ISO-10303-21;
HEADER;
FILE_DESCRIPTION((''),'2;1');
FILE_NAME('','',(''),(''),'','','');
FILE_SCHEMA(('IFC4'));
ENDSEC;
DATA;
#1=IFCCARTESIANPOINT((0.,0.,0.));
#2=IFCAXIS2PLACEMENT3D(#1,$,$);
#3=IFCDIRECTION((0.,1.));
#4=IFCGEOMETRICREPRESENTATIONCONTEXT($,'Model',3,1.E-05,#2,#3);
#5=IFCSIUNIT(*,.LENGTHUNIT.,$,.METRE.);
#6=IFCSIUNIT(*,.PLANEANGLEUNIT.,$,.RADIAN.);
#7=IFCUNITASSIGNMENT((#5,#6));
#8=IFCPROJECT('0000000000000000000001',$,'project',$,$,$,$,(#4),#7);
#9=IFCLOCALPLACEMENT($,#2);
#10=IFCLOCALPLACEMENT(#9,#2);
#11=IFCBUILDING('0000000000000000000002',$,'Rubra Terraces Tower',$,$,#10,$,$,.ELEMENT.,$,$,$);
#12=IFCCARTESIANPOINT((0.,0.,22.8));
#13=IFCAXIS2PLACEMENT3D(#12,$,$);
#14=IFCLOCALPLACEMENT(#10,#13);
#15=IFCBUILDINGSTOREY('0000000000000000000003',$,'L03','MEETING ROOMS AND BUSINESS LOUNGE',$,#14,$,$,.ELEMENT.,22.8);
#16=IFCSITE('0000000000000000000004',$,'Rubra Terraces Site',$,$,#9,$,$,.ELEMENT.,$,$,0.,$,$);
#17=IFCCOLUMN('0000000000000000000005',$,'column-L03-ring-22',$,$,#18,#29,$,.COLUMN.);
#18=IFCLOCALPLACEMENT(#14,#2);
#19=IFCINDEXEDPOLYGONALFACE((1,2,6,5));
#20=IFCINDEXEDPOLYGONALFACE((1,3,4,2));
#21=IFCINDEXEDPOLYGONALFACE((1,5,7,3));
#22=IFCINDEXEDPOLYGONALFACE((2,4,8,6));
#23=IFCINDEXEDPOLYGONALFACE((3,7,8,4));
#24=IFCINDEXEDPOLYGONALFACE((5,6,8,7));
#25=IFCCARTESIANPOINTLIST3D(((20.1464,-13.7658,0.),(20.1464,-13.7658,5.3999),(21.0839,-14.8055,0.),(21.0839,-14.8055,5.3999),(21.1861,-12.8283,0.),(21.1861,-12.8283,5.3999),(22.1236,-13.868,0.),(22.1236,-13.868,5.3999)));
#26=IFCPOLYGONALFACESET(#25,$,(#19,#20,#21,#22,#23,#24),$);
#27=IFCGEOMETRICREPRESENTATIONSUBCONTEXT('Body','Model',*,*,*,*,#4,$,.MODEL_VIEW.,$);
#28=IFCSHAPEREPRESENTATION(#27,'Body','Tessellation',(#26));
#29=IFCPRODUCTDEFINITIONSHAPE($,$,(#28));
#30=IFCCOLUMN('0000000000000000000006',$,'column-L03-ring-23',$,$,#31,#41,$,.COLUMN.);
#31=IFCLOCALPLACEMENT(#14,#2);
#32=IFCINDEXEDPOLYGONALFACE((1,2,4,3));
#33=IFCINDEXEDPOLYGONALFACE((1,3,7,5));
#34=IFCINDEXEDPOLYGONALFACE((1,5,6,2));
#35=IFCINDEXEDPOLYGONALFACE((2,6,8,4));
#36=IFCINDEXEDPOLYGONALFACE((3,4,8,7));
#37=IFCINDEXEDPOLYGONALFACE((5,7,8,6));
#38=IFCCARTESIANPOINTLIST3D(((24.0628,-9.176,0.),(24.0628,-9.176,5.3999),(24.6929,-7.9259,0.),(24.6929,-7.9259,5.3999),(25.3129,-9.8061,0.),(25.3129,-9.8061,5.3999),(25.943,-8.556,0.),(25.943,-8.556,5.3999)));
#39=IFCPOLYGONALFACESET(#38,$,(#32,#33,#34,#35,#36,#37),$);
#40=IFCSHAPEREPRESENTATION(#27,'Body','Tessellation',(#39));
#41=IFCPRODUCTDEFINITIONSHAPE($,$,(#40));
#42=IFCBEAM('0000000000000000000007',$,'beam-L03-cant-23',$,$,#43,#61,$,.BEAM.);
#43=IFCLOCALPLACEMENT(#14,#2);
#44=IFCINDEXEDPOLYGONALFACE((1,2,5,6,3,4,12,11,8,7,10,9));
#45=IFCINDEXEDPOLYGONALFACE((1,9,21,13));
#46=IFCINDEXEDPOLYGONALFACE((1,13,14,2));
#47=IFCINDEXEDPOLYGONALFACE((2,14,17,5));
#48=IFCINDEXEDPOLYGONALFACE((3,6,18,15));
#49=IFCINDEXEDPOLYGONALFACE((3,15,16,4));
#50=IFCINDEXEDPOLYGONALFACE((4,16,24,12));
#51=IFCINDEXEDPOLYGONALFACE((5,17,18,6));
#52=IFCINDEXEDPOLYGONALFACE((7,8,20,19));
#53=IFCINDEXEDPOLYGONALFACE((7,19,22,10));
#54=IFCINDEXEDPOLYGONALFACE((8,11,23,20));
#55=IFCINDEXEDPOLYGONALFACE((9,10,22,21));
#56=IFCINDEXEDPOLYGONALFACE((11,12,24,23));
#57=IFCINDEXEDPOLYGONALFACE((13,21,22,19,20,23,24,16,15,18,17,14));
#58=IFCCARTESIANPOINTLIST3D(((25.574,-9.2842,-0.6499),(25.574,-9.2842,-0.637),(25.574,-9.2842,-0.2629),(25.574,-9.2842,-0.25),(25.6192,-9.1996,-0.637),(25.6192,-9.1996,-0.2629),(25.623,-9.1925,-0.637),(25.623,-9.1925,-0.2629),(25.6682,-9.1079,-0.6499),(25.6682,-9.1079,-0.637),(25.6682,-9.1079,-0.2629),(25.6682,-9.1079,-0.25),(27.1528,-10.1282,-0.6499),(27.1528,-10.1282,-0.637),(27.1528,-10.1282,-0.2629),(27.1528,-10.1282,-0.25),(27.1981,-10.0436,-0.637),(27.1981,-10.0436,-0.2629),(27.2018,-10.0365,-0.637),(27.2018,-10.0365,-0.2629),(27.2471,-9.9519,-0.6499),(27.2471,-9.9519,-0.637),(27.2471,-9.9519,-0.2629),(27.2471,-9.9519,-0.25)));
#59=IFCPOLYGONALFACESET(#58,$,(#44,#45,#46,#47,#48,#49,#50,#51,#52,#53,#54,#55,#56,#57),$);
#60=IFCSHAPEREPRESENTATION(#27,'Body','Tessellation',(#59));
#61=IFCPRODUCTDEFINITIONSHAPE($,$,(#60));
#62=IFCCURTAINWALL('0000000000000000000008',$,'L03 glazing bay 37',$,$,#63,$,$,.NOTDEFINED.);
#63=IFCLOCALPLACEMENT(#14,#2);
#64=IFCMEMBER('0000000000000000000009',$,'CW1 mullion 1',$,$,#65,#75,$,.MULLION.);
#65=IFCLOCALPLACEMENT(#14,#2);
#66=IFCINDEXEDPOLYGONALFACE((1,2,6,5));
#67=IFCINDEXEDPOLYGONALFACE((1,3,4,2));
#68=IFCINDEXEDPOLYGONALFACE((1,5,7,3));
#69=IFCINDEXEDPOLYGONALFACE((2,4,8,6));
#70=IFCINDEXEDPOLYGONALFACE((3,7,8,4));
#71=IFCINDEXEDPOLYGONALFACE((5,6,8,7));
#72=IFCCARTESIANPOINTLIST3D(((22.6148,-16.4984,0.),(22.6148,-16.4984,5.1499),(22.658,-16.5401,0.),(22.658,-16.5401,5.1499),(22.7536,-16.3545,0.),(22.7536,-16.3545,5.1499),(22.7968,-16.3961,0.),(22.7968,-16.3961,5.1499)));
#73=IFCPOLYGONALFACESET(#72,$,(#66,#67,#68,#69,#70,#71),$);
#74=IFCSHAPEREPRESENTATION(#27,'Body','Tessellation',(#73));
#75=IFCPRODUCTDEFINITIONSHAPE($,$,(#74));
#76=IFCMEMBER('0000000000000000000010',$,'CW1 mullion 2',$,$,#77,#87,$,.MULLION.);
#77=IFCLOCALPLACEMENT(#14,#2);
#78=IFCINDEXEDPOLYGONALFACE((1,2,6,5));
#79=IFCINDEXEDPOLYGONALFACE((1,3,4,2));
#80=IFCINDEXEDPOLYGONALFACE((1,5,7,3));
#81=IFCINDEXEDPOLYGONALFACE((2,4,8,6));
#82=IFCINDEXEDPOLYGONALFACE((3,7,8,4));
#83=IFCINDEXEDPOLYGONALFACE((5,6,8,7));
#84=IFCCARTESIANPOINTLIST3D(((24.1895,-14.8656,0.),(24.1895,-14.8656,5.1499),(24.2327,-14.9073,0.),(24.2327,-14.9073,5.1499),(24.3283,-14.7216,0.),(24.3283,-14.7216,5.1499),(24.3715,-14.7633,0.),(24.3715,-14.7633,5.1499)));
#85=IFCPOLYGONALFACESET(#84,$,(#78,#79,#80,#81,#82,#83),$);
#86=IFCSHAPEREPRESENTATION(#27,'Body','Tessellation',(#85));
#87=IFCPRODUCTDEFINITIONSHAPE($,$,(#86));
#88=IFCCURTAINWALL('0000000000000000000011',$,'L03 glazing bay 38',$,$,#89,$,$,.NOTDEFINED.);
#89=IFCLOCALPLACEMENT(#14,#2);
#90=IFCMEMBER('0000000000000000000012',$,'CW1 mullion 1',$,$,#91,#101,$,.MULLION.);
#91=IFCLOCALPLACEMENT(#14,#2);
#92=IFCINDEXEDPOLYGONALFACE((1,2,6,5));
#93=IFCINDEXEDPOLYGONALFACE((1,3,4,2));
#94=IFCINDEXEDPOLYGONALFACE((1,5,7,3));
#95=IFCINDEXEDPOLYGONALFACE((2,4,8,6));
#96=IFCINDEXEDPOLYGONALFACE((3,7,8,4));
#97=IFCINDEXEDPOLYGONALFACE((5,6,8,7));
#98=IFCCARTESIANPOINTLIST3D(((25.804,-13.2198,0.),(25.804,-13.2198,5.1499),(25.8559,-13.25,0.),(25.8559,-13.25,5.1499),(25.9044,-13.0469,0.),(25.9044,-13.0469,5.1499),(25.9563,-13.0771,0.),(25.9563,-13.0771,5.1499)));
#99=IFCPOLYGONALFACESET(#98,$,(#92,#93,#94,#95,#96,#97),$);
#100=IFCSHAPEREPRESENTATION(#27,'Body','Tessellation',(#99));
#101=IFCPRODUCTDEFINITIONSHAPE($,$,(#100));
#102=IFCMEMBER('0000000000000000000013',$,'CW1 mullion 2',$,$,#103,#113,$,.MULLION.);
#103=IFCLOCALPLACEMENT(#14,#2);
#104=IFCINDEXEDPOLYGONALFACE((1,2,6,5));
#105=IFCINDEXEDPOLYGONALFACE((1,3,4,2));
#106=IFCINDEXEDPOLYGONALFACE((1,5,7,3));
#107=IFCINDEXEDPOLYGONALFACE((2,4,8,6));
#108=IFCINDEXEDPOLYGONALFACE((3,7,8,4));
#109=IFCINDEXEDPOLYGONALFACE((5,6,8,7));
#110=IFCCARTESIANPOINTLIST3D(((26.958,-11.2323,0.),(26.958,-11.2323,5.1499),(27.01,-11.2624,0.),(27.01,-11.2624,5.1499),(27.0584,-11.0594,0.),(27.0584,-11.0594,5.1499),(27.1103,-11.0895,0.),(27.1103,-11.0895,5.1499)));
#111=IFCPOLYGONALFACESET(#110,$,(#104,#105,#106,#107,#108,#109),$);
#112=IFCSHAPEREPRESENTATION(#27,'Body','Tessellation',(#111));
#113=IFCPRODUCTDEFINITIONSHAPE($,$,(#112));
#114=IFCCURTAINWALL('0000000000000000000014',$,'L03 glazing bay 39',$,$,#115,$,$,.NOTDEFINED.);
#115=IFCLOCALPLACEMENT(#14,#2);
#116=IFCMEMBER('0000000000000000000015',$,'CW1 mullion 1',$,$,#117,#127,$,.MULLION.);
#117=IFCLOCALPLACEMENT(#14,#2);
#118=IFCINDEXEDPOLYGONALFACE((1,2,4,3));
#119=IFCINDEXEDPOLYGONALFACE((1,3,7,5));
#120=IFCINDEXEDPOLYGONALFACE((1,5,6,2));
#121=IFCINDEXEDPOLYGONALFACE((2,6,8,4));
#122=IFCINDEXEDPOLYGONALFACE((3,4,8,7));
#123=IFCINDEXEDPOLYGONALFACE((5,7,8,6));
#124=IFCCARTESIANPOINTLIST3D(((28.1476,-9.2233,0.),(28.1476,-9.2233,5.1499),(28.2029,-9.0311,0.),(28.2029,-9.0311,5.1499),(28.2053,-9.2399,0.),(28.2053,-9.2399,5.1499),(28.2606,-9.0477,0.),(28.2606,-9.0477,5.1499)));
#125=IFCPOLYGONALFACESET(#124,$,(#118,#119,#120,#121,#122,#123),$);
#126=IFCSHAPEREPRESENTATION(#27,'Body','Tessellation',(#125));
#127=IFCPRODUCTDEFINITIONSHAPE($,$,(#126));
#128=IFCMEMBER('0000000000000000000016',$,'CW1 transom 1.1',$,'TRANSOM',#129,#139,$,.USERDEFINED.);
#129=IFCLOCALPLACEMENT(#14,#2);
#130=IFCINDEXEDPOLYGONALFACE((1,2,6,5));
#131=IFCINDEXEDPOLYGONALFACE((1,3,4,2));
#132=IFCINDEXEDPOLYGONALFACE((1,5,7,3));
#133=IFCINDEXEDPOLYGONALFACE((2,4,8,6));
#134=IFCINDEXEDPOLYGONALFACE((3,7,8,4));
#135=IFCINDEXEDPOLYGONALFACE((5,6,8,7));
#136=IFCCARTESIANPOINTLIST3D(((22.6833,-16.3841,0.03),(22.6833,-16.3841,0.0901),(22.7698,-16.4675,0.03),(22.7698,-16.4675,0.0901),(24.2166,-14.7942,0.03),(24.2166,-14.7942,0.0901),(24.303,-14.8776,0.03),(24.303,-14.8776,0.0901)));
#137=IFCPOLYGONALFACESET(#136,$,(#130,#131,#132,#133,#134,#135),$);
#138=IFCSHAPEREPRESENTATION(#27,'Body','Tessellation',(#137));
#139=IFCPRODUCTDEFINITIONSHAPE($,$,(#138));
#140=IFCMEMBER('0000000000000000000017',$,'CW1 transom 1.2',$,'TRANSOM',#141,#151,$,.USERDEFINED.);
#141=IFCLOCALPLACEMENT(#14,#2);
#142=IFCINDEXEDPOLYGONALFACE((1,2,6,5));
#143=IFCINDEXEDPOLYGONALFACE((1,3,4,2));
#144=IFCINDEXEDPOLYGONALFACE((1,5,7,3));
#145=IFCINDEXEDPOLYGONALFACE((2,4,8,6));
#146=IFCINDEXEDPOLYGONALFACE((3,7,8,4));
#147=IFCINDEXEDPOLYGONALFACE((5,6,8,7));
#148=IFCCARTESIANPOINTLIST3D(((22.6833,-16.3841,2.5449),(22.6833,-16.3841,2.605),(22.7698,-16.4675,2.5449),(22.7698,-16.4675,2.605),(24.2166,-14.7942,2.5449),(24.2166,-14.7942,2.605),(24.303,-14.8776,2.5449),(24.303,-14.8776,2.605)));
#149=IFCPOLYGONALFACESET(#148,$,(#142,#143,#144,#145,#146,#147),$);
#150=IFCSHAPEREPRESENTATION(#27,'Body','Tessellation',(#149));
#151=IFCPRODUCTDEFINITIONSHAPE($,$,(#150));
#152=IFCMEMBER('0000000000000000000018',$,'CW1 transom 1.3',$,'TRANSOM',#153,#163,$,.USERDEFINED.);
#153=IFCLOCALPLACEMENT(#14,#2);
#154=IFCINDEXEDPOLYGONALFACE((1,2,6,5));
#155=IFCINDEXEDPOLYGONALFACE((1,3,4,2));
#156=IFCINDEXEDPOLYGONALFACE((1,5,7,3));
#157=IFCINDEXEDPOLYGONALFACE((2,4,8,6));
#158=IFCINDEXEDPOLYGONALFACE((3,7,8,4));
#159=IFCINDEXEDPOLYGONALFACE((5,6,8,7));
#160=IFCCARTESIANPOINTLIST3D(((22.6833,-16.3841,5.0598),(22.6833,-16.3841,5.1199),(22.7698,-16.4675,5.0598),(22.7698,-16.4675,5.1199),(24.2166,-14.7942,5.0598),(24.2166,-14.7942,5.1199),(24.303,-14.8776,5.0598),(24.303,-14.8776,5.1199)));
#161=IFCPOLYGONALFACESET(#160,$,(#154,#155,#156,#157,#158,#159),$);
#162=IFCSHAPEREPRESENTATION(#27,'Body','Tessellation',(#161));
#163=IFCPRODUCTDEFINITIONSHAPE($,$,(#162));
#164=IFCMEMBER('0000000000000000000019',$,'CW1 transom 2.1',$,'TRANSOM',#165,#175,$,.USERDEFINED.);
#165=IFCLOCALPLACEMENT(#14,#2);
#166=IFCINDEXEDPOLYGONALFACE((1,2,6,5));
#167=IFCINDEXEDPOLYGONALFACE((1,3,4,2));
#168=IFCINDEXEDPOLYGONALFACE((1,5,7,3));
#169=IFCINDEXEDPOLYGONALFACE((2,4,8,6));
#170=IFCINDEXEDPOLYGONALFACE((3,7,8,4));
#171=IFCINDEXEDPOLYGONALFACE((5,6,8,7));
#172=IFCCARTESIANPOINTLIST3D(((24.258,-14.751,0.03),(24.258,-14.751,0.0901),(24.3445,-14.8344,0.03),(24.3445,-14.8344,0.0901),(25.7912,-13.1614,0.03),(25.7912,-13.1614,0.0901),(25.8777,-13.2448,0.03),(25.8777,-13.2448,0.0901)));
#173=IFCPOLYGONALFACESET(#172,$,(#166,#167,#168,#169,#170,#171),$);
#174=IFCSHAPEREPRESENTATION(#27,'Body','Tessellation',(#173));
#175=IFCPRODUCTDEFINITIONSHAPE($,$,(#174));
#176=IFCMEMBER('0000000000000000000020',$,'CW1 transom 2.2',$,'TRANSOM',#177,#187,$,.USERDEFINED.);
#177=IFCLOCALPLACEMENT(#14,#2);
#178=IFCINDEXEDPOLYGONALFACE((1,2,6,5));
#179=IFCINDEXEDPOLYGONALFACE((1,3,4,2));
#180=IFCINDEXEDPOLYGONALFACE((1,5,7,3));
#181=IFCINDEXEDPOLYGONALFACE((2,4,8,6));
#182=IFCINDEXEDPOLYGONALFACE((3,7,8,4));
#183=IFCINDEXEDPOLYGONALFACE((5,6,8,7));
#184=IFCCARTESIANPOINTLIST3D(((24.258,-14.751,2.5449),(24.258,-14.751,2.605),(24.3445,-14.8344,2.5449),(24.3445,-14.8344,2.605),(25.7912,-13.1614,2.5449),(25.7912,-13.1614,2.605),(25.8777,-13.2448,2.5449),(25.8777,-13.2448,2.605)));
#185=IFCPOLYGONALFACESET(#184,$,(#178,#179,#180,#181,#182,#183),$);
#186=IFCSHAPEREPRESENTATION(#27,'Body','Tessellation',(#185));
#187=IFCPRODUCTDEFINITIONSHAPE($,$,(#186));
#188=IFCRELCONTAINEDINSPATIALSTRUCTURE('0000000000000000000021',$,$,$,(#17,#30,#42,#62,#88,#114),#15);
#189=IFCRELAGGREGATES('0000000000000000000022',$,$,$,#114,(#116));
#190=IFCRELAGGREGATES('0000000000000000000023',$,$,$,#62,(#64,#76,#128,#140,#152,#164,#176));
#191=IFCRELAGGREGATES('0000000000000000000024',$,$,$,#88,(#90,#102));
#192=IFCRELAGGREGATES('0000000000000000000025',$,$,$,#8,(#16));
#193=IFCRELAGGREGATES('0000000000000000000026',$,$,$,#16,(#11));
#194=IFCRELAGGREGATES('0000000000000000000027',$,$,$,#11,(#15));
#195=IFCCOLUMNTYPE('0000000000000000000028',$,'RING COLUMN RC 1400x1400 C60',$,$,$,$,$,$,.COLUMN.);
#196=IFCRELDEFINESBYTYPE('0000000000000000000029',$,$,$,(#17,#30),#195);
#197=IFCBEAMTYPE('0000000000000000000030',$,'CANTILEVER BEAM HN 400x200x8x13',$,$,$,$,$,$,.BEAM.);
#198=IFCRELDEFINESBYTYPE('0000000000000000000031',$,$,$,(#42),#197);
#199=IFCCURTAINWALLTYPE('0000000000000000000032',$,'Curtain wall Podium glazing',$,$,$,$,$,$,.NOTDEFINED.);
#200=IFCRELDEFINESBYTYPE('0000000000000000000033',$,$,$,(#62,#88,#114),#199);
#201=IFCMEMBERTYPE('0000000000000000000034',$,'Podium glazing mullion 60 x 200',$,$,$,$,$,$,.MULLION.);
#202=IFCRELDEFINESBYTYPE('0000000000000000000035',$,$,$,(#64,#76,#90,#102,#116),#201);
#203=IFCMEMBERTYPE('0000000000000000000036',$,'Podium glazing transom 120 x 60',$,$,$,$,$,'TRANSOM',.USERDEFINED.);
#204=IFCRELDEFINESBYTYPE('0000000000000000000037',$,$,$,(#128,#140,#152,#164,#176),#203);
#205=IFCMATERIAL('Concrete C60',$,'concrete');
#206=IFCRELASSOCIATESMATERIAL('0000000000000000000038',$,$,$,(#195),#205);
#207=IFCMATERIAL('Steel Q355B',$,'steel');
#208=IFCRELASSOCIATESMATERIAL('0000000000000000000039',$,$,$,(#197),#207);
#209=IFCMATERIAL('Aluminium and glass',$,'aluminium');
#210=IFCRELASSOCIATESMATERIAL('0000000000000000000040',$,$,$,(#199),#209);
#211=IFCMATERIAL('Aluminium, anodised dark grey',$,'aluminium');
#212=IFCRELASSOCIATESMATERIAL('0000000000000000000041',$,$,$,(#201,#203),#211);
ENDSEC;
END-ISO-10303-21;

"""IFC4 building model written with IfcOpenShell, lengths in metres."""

from ifc_helpers import new_model, si_unit, direction, frame, origin, origin_2d, place, context, subcontext, project, spatial, rectangle, i_section, extrude, material, material_profile, profile_set, type_object, element, aggregate, save


model = new_model("IFC4")

# Units and contexts
model_context = context("Model", 3, precision=1e-05, world=origin(), true_north=direction((0.0, 1.0)))
body_context = subcontext(model_context, "Body", "Model", "MODEL_VIEW")
ifc_project = project(units=[si_unit("LENGTHUNIT", "METRE"), si_unit("PLANEANGLEUNIT", "RADIAN")], contexts=[model_context])

# Site, building, storey
site_placement = place(None, origin())
site = spatial("IfcSite", under=ifc_project, at=site_placement, Name="Rubra Terraces Site", CompositionType="ELEMENT", RefElevation=0.0)
building_placement = place(site_placement, origin())
building = spatial("IfcBuilding", under=site, at=building_placement, Name="Rubra Terraces Tower", CompositionType="ELEMENT")
storey_placement = place(building_placement, frame((0.0, 0.0, 22.8)))
storey = spatial("IfcBuildingStorey", under=building, at=storey_placement, Name="L03", Description="MEETING ROOMS AND BUSINESS LOUNGE", CompositionType="ELEMENT", Elevation=22.8)

# Columns
ifc_material_1 = material(Name="Concrete C60", Category="concrete")
ifc_material_profile_1 = material_profile(ifc_material_1, rectangle(XDim=1.3999, YDim=1.3999, at=origin_2d()), Name="RC 1400x1400")
ifc_profile_set_1 = profile_set([ifc_material_profile_1], Name="Concrete C60")
column_type = type_object("IfcColumnType", Name="RING COLUMN RC 1400x1400 C60", PredefinedType="COLUMN", material=ifc_profile_set_1)
for number, where, z_axis, x_axis, name in (
    (1, (21.135, -13.8169, 0.0), (0.0, 0.0, 1.0), (0.742676, 0.669651, 0.0), "column-L03-ring-22"),
    (2, (25.0029, -8.866, 0.0), (0.0, 0.0, 1.0), (0.450099, 0.892979, 0.0), "column-L03-ring-23"),
):
    element("IfcColumn", number, at=place(storey_placement, frame(where, z_axis=z_axis, x_axis=x_axis)), inside=storey, type_object=column_type, Name=name, PredefinedType="COLUMN", context=body_context, shape_type="SweptSolid", body=[
        extrude(rectangle(XDim=1.3999, YDim=1.3999, at=origin_2d()), origin(), (0.0, 0.0, 1.0), 5.3999),
    ])

# Beam
ifc_material_2 = material(Name="Steel Q355B", Category="steel")
ifc_material_profile_2 = material_profile(ifc_material_2, i_section(OverallWidth=0.2, OverallDepth=0.3999, WebThickness=0.0081, FlangeThickness=0.0129, at=origin_2d()), Name="HN 400x200x8x13")
ifc_profile_set_2 = profile_set([ifc_material_profile_2], Name="Steel Q355B")
beam_type = type_object("IfcBeamType", Name="CANTILEVER BEAM HN 400x200x8x13", PredefinedType="BEAM", material=ifc_profile_set_2)
beam_placement = place(storey_placement, frame((25.6211, -9.196, -0.45), z_axis=(0.881903, -0.47143, 0.0), x_axis=(0.47143, 0.881903, 0.0)))
element("IfcBeam", 3, at=beam_placement, inside=storey, type_object=beam_type, Name="beam-L03-cant-23", PredefinedType="BEAM", context=body_context, shape_type="SweptSolid", body=[
    extrude(i_section(OverallWidth=0.2, OverallDepth=0.3999, WebThickness=0.0081, FlangeThickness=0.0129, at=origin_2d()), origin(), (0.0, 0.0, 1.0), 1.7903),
])

# Curtain walls, members
ifc_material_3 = material(Name="Aluminium and glass", Category="aluminium")
curtain_wall_type = type_object("IfcCurtainWallType", Name="Curtain wall Podium glazing", PredefinedType="NOTDEFINED", material=ifc_material_3)
curtain_wall_1_placement = place(storey_placement, origin())
curtain_wall_1 = element("IfcCurtainWall", 4, at=curtain_wall_1_placement, inside=storey, type_object=curtain_wall_type, Name="L03 glazing bay 37", PredefinedType="NOTDEFINED")
ifc_material_4 = material(Name="Aluminium, anodised dark grey", Category="aluminium")
ifc_material_profile_3 = material_profile(ifc_material_4, rectangle(XDim=0.0601, YDim=0.2, at=origin_2d()), Name="AL 60x200")
ifc_profile_set_3 = profile_set([ifc_material_profile_3], Name="Aluminium, anodised dark grey")
member_type_1 = type_object("IfcMemberType", Name="Podium glazing mullion 60 x 200", PredefinedType="MULLION", material=ifc_profile_set_3)
member_1_placement = place(storey_placement, frame((22.7058, -16.4473, 0.0), z_axis=(0.0, 0.0, 1.0), x_axis=(-0.719825, 0.694156, 0.0)))
member_1 = element("IfcMember", 5, at=member_1_placement, type_object=member_type_1, Name="CW1 mullion 1", PredefinedType="MULLION", context=body_context, shape_type="SweptSolid", body=[
    extrude(rectangle(XDim=0.0601, YDim=0.2, at=origin_2d()), origin(), (0.0, 0.0, 1.0), 5.1499),
])
member_2_placement = place(storey_placement, frame((24.2805, -14.8145, 0.0), z_axis=(0.0, 0.0, 1.0), x_axis=(-0.719825, 0.694156, 0.0)))
member_2 = element("IfcMember", 6, at=member_2_placement, type_object=member_type_1, Name="CW1 mullion 2", PredefinedType="MULLION", context=body_context, shape_type="SweptSolid", body=[
    extrude(rectangle(XDim=0.0601, YDim=0.2, at=origin_2d()), origin(), (0.0, 0.0, 1.0), 5.1499),
])
curtain_wall_2_placement = place(storey_placement, origin())
curtain_wall_2 = element("IfcCurtainWall", 7, at=curtain_wall_2_placement, inside=storey, type_object=curtain_wall_type, Name="L03 glazing bay 38", PredefinedType="NOTDEFINED")
member_3_placement = place(storey_placement, frame((25.8801, -13.1484, 0.0), z_axis=(0.0, 0.0, 1.0), x_axis=(-0.864813, 0.502094, 0.0)))
member_3 = element("IfcMember", 8, at=member_3_placement, type_object=member_type_1, Name="CW1 mullion 1", PredefinedType="MULLION", context=body_context, shape_type="SweptSolid", body=[
    extrude(rectangle(XDim=0.0601, YDim=0.2, at=origin_2d()), origin(), (0.0, 0.0, 1.0), 5.1499),
])
member_4_placement = place(storey_placement, frame((27.0342, -11.1609, 0.0), z_axis=(0.0, 0.0, 1.0), x_axis=(-0.864813, 0.502094, 0.0)))
member_4 = element("IfcMember", 9, at=member_4_placement, type_object=member_type_1, Name="CW1 mullion 2", PredefinedType="MULLION", context=body_context, shape_type="SweptSolid", body=[
    extrude(rectangle(XDim=0.0601, YDim=0.2, at=origin_2d()), origin(), (0.0, 0.0, 1.0), 5.1499),
])

# Curtain wall, member
curtain_wall_3_placement = place(storey_placement, origin())
curtain_wall_3 = element("IfcCurtainWall", 10, at=curtain_wall_3_placement, inside=storey, type_object=curtain_wall_type, Name="L03 glazing bay 39", PredefinedType="NOTDEFINED")
member_5_placement = place(storey_placement, frame((28.2041, -9.1355, 0.0), z_axis=(0.0, 0.0, 1.0), x_axis=(-0.961047, 0.276384, 0.0)))
member_5 = element("IfcMember", 11, at=member_5_placement, type_object=member_type_1, Name="CW1 mullion 1", PredefinedType="MULLION", context=body_context, shape_type="SweptSolid", body=[
    extrude(rectangle(XDim=0.0601, YDim=0.2, at=origin_2d()), origin(), (0.0, 0.0, 1.0), 5.1499),
])

# Members
ifc_material_profile_4 = material_profile(ifc_material_4, rectangle(XDim=0.1201, YDim=0.0601, at=origin_2d()), Name="AL 120x60")
ifc_profile_set_4 = profile_set([ifc_material_profile_4], Name="Aluminium, anodised dark grey")
member_type_2 = type_object("IfcMemberType", Name="Podium glazing transom 120 x 60", ElementType="TRANSOM", PredefinedType="USERDEFINED", material=ifc_profile_set_4)
member_6_placement = place(storey_placement, frame((22.7266, -16.4258, 0.0601), z_axis=(0.694168, 0.719813, 0.0), x_axis=(-0.719813, 0.694168, 0.0)))
member_6 = element("IfcMember", 12, at=member_6_placement, type_object=member_type_2, Name="CW1 transom 1.1", ObjectType="TRANSOM", PredefinedType="USERDEFINED", context=body_context, shape_type="SweptSolid", body=[
    extrude(rectangle(XDim=0.1201, YDim=0.0601, at=origin_2d()), origin(), (0.0, 0.0, 1.0), 2.2087),
])
member_7_placement = place(storey_placement, frame((22.7266, -16.4258, 2.575), z_axis=(0.694168, 0.719813, 0.0), x_axis=(-0.719813, 0.694168, 0.0)))
member_7 = element("IfcMember", 13, at=member_7_placement, type_object=member_type_2, Name="CW1 transom 1.2", ObjectType="TRANSOM", PredefinedType="USERDEFINED", context=body_context, shape_type="SweptSolid", body=[
    extrude(rectangle(XDim=0.1201, YDim=0.0601, at=origin_2d()), origin(), (0.0, 0.0, 1.0), 2.2087),
])
member_8_placement = place(storey_placement, frame((22.7266, -16.4258, 5.0898), z_axis=(0.694168, 0.719813, 0.0), x_axis=(-0.719813, 0.694168, 0.0)))
member_8 = element("IfcMember", 14, at=member_8_placement, type_object=member_type_2, Name="CW1 transom 1.3", ObjectType="TRANSOM", PredefinedType="USERDEFINED", context=body_context, shape_type="SweptSolid", body=[
    extrude(rectangle(XDim=0.1201, YDim=0.0601, at=origin_2d()), origin(), (0.0, 0.0, 1.0), 2.2087),
])
member_9_placement = place(storey_placement, frame((24.3013, -14.7927, 0.0601), z_axis=(0.694224, 0.719759, 0.0), x_axis=(-0.719759, 0.694224, 0.0)))
member_9 = element("IfcMember", 15, at=member_9_placement, type_object=member_type_2, Name="CW1 transom 2.1", ObjectType="TRANSOM", PredefinedType="USERDEFINED", context=body_context, shape_type="SweptSolid", body=[
    extrude(rectangle(XDim=0.1201, YDim=0.0601, at=origin_2d()), origin(), (0.0, 0.0, 1.0), 2.2085),
])
member_10_placement = place(storey_placement, frame((24.3013, -14.7927, 2.575), z_axis=(0.694224, 0.719759, 0.0), x_axis=(-0.719759, 0.694224, 0.0)))
member_10 = element("IfcMember", 16, at=member_10_placement, type_object=member_type_2, Name="CW1 transom 2.2", ObjectType="TRANSOM", PredefinedType="USERDEFINED", context=body_context, shape_type="SweptSolid", body=[
    extrude(rectangle(XDim=0.1201, YDim=0.0601, at=origin_2d()), origin(), (0.0, 0.0, 1.0), 2.2085),
])
aggregate(curtain_wall_3, [member_5])

aggregate(curtain_wall_1, [member_1, member_2, member_6, member_7, member_8, member_9, member_10])
aggregate(curtain_wall_2, [member_3, member_4])

save(model, "model.ifc")
